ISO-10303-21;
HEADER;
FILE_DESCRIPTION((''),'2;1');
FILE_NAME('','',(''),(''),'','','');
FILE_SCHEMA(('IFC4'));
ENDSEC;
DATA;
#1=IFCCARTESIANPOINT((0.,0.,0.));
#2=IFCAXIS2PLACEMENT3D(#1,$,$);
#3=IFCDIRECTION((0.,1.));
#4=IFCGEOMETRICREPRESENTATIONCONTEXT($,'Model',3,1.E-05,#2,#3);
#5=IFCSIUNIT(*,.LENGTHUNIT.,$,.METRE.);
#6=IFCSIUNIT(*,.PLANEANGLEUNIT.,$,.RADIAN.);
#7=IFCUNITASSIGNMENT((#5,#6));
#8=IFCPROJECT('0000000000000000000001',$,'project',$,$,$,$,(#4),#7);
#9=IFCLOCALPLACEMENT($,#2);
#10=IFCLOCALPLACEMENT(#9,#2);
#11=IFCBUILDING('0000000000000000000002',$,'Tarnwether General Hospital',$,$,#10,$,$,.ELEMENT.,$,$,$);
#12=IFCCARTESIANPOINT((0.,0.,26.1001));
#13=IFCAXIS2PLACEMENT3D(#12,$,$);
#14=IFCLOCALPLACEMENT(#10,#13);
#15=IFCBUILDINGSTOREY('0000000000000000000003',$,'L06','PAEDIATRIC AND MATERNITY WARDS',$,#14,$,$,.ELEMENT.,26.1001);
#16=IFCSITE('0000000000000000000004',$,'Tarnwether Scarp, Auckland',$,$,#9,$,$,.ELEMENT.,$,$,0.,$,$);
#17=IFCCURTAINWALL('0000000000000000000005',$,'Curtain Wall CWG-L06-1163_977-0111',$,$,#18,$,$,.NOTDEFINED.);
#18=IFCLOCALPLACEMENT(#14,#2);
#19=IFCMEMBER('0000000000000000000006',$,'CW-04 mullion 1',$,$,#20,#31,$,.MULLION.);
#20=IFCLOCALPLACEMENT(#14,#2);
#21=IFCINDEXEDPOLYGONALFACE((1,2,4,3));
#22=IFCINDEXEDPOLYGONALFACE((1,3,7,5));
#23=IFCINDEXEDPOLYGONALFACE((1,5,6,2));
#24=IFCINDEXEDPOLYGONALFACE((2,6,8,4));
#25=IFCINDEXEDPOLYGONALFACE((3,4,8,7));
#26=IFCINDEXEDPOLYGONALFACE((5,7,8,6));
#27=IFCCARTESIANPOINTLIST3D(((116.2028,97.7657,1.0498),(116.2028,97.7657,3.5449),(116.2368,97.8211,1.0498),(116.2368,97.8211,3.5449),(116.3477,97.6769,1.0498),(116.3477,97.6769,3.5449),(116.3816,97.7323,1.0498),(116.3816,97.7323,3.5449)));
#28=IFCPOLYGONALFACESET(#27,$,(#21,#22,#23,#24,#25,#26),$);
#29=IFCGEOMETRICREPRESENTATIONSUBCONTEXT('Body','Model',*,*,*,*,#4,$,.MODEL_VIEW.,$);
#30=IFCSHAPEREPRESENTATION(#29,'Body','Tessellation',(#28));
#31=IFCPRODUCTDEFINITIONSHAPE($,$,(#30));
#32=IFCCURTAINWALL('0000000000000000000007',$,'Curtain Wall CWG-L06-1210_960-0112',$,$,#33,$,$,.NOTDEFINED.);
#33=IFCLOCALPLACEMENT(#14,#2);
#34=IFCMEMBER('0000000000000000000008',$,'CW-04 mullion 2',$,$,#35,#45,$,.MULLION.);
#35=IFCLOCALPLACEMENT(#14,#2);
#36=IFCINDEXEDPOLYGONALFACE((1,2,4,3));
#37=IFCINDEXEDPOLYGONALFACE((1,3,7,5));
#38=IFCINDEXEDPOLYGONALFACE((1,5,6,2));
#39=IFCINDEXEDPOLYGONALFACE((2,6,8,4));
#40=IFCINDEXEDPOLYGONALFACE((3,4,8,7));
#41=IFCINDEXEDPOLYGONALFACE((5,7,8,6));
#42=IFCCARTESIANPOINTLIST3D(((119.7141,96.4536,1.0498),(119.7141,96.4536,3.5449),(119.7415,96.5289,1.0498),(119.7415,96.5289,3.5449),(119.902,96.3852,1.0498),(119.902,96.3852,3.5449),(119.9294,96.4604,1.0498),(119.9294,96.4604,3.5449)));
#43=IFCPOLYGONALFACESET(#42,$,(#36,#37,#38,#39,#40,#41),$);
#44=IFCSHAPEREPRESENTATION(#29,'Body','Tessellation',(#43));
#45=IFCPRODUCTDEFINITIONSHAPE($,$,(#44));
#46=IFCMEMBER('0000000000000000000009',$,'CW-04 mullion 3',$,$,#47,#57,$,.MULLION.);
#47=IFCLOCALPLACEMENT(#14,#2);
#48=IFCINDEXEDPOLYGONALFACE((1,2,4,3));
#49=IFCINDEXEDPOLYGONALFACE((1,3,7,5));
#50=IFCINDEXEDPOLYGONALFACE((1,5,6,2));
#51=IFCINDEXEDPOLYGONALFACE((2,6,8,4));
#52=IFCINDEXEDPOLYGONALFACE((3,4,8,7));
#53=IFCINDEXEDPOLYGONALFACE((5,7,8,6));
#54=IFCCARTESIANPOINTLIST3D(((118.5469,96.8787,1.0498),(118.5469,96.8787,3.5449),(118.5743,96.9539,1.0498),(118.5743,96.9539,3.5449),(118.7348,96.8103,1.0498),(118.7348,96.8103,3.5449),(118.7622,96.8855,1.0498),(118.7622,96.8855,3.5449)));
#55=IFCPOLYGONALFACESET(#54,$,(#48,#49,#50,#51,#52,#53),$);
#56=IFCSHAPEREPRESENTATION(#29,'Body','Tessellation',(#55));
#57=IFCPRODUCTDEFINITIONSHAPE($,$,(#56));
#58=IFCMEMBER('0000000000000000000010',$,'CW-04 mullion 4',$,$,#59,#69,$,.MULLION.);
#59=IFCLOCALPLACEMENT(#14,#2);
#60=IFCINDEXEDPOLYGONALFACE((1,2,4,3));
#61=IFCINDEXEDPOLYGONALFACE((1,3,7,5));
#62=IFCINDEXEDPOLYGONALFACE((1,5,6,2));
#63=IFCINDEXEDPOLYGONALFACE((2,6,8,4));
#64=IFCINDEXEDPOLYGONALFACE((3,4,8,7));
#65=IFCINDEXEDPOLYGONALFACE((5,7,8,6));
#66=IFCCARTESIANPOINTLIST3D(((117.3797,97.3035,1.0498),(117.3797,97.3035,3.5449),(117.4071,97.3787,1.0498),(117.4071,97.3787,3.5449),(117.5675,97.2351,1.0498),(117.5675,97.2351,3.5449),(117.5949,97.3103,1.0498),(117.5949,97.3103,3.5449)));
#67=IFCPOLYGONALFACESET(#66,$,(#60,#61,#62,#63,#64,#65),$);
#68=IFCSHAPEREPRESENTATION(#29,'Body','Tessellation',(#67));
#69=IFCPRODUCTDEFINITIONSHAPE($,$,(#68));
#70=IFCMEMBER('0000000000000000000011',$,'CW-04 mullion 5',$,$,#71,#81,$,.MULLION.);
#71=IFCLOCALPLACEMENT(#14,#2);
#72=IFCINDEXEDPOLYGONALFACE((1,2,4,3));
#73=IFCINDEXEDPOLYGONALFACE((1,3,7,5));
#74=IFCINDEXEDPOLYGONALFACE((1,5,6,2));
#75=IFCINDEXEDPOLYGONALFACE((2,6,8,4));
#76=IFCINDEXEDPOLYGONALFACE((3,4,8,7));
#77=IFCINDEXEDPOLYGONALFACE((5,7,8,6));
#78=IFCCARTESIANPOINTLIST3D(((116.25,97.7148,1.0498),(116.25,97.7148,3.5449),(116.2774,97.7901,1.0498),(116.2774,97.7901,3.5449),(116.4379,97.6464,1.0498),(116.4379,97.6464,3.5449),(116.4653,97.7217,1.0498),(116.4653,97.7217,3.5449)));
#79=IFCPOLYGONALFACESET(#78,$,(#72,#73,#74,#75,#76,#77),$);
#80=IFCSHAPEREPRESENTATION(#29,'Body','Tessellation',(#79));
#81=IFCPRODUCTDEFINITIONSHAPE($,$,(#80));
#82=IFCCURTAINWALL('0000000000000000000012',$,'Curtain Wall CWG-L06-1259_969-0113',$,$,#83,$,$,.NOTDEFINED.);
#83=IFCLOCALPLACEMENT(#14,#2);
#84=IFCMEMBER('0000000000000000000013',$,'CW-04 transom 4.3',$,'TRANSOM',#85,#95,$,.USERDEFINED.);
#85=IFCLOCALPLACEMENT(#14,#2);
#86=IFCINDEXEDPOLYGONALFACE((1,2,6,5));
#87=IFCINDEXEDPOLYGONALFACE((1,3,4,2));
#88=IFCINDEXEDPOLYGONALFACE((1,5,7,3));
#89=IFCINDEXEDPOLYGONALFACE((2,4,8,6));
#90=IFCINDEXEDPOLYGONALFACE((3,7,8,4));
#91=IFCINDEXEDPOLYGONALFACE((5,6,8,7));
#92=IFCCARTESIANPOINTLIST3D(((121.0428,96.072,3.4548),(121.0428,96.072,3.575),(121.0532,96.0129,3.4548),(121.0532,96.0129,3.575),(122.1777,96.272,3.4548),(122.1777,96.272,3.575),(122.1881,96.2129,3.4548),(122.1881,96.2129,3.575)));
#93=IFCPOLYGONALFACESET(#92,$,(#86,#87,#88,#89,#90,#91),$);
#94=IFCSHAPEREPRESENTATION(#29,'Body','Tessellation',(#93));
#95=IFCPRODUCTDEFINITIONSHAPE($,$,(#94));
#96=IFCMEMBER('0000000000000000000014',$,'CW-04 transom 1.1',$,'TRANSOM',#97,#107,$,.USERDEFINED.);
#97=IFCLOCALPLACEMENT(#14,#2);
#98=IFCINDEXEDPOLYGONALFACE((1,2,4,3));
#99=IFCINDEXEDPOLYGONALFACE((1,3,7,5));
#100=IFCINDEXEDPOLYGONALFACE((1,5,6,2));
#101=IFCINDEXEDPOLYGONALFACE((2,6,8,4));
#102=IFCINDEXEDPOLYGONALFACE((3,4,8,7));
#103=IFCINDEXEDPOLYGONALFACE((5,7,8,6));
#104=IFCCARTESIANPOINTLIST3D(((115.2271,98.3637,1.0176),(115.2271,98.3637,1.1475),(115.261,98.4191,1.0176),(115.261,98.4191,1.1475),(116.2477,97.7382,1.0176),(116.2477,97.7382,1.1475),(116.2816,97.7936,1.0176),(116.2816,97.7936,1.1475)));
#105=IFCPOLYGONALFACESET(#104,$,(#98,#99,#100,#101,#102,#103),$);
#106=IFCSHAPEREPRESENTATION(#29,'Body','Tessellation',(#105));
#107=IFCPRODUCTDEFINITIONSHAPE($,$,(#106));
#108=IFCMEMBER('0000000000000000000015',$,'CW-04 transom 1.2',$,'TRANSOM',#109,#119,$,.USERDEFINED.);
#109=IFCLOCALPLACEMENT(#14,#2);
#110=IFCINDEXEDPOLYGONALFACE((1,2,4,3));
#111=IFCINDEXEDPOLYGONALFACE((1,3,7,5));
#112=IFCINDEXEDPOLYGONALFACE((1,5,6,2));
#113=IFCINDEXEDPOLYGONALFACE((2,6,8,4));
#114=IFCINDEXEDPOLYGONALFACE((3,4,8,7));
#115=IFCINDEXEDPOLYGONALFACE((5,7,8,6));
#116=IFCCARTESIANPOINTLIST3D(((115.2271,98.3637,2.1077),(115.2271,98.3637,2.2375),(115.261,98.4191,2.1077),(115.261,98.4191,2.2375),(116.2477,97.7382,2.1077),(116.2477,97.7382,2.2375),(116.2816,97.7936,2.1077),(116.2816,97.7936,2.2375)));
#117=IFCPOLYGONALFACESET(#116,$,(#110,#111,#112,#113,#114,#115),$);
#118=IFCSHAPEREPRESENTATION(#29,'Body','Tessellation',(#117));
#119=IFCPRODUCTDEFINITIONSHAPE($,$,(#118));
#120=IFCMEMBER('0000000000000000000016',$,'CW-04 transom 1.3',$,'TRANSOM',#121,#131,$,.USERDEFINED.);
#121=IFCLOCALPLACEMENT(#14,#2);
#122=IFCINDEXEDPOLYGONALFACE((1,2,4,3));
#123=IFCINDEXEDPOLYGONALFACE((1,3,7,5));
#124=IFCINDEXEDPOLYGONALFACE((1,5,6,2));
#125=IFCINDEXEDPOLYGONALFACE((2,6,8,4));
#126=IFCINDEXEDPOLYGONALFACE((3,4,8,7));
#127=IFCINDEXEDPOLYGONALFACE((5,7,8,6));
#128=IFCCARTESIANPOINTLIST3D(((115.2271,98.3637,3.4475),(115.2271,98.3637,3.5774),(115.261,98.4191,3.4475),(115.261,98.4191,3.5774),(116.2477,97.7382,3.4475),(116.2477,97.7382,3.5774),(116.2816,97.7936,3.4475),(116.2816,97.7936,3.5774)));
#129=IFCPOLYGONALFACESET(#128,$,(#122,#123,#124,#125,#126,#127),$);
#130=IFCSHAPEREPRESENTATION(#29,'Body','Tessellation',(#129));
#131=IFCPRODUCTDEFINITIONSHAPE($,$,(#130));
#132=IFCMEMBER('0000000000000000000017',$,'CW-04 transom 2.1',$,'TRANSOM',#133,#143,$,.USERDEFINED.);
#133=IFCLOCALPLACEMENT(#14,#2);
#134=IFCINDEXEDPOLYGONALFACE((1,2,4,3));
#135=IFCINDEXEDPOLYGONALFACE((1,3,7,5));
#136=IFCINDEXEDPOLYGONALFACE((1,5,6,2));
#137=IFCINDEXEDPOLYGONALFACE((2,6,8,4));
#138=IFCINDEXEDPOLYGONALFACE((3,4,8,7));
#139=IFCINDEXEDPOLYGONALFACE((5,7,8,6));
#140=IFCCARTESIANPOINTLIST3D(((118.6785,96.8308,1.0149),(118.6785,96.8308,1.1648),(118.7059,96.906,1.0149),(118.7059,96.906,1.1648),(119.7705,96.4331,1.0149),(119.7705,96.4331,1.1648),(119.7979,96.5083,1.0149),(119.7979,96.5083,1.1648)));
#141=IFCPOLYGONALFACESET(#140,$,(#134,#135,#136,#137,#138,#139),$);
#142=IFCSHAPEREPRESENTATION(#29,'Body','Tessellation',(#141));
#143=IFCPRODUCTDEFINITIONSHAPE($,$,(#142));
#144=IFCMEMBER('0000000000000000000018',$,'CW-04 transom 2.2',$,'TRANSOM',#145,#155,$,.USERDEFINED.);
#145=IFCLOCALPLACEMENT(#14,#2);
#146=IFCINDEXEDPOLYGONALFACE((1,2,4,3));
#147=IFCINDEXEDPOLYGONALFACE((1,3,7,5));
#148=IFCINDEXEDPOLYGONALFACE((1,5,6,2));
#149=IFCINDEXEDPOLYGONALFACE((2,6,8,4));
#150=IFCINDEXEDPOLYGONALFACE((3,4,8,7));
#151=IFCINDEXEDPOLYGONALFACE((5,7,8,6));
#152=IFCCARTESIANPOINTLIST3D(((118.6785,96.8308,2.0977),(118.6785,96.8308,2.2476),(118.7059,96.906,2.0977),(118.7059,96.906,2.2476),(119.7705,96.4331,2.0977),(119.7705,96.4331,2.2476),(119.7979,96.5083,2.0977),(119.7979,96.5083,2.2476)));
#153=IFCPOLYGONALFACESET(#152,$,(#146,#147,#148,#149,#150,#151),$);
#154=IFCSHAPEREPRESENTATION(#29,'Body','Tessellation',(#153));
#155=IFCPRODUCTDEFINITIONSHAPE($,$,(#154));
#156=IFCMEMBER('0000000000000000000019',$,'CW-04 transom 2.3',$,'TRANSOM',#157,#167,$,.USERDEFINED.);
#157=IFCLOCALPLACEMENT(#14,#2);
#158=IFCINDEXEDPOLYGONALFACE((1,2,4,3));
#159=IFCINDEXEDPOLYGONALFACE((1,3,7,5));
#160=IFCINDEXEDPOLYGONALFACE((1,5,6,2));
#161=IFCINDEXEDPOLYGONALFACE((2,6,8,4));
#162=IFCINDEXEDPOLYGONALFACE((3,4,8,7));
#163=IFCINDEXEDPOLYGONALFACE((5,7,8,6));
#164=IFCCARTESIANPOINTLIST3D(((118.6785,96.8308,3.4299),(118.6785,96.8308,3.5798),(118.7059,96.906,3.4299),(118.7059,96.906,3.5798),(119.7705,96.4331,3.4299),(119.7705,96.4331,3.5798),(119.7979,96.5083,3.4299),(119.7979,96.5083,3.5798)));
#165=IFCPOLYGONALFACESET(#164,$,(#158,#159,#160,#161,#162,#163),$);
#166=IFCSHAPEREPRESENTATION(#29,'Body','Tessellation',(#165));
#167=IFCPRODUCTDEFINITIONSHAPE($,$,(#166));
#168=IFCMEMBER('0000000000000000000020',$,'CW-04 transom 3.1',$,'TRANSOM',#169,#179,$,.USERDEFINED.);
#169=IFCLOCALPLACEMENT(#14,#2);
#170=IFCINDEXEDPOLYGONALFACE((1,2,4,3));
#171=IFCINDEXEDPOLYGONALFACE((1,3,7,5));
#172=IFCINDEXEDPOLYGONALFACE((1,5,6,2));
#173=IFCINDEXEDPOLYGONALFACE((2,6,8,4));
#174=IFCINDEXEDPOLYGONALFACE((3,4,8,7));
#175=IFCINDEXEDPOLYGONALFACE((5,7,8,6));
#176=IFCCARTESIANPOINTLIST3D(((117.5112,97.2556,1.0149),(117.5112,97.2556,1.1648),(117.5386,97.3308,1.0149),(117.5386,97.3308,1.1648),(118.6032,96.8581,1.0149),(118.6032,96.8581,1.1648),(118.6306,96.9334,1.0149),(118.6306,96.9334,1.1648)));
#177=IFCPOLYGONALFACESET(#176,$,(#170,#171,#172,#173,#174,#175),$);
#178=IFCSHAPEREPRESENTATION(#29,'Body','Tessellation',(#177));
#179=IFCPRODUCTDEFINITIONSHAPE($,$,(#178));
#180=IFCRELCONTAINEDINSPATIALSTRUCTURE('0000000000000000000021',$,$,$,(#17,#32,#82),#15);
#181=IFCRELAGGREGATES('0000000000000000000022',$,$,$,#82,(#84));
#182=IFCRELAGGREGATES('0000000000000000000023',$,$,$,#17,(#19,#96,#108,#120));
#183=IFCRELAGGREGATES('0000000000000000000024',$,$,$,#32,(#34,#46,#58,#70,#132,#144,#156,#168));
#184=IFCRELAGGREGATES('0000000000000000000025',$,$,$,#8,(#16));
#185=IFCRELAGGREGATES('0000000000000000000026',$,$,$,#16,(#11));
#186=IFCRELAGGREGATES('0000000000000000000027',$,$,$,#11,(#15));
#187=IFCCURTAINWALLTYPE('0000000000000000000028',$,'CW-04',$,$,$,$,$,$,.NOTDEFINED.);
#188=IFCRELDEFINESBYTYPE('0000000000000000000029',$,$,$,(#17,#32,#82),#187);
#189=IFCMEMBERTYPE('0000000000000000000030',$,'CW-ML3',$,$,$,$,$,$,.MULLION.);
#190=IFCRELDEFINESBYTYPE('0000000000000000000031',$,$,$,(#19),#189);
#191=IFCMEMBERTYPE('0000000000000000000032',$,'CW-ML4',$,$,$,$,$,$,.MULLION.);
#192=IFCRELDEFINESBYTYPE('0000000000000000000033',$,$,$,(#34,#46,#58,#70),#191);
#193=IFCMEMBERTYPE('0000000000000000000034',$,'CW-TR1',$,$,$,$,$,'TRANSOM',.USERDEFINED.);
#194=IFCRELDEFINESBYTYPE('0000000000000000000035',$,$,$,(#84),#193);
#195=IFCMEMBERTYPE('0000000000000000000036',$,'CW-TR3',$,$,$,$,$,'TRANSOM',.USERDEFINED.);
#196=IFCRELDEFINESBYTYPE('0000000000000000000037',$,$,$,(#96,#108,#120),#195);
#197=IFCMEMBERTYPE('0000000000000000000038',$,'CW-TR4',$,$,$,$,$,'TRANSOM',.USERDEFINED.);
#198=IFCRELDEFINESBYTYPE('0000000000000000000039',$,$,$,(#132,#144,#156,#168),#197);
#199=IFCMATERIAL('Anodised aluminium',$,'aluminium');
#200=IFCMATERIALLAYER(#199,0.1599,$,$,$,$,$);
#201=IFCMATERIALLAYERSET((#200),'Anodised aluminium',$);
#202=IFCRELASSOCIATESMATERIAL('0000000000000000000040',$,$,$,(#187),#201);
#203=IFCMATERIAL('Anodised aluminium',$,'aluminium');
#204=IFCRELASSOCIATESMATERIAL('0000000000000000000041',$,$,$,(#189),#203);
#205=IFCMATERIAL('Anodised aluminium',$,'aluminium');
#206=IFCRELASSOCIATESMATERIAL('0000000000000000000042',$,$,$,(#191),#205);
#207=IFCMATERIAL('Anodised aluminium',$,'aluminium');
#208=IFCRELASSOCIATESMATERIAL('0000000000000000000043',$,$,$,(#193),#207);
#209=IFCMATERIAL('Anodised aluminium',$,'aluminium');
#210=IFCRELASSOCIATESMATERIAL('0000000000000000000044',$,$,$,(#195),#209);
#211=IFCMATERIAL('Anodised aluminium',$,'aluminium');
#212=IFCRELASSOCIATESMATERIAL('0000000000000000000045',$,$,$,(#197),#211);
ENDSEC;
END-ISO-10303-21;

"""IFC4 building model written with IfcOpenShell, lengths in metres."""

from ifc_helpers import new_model, si_unit, direction, frame, origin, origin_2d, place, context, subcontext, project, spatial, rectangle, extrude, material, layer, layer_set, material_profile, profile_set, type_object, element, aggregate, save


model = new_model("IFC4")

# Units and contexts
model_context = context("Model", 3, precision=1e-05, world=origin(), true_north=direction((0.0, 1.0)))
body_context = subcontext(model_context, "Body", "Model", "MODEL_VIEW")
ifc_project = project(units=[si_unit("LENGTHUNIT", "METRE"), si_unit("PLANEANGLEUNIT", "RADIAN")], contexts=[model_context])

# Site, building, storey
site_placement = place(None, origin())
site = spatial("IfcSite", under=ifc_project, at=site_placement, Name="Tarnwether Scarp, Auckland", CompositionType="ELEMENT", RefElevation=0.0)
building_placement = place(site_placement, origin())
building = spatial("IfcBuilding", under=site, at=building_placement, Name="Tarnwether General Hospital", CompositionType="ELEMENT")
storey_placement = place(building_placement, frame((0.0, 0.0, 26.1001)))
storey = spatial("IfcBuildingStorey", under=building, at=storey_placement, Name="L06", Description="PAEDIATRIC AND MATERNITY WARDS", CompositionType="ELEMENT", Elevation=26.1001)

# Curtain wall, member
ifc_material_1 = material(Name="Anodised aluminium", Category="aluminium")
ifc_layer_1 = layer(ifc_material_1, 0.1599)
ifc_layer_set_1 = layer_set([ifc_layer_1], Name="Anodised aluminium")
curtain_wall_type = type_object("IfcCurtainWallType", Name="CW-04", PredefinedType="NOTDEFINED", material=ifc_layer_set_1)
curtain_wall_1_placement = place(storey_placement, origin())
curtain_wall_1 = element("IfcCurtainWall", 1, at=curtain_wall_1_placement, inside=storey, type_object=curtain_wall_type, Name="Curtain Wall CWG-L06-1163_977-0111", PredefinedType="NOTDEFINED")
ifc_material_2 = material(Name="Anodised aluminium", Category="aluminium")
ifc_material_profile_1 = material_profile(ifc_material_2, rectangle(XDim=0.0649, YDim=0.1699, at=origin_2d()), Name="ALU-MUL-65x170")
ifc_profile_set_1 = profile_set([ifc_material_profile_1], Name="Anodised aluminium")
member_type_1 = type_object("IfcMemberType", Name="CW-ML3", PredefinedType="MULLION", material=ifc_profile_set_1)
member_1_placement = place(storey_placement, frame((116.2922, 97.749, 1.0498), z_axis=(0.0, 0.0, 1.0), x_axis=(-0.522512, -0.852632, 0.0)))
member_1 = element("IfcMember", 2, at=member_1_placement, type_object=member_type_1, Name="CW-04 mullion 1", PredefinedType="MULLION", context=body_context, shape_type="SweptSolid", body=[
    extrude(rectangle(XDim=0.0649, YDim=0.1699, at=origin_2d()), origin(), (0.0, 0.0, 1.0), 2.4951),
])

# Curtain wall, members
curtain_wall_2_placement = place(storey_placement, origin())
curtain_wall_2 = element("IfcCurtainWall", 3, at=curtain_wall_2_placement, inside=storey, type_object=curtain_wall_type, Name="Curtain Wall CWG-L06-1210_960-0112", PredefinedType="NOTDEFINED")
ifc_material_3 = material(Name="Anodised aluminium", Category="aluminium")
ifc_material_profile_2 = material_profile(ifc_material_3, rectangle(XDim=0.0801, YDim=0.2, at=origin_2d()), Name="ALU-MUL-80x200")
ifc_profile_set_2 = profile_set([ifc_material_profile_2], Name="Anodised aluminium")
member_type_2 = type_object("IfcMemberType", Name="CW-ML4", PredefinedType="MULLION", material=ifc_profile_set_2)
member_2_placement = place(storey_placement, frame((119.8218, 96.457, 1.0498), z_axis=(0.0, 0.0, 1.0), x_axis=(-0.342131, -0.939652, 0.0)))
member_2 = element("IfcMember", 4, at=member_2_placement, type_object=member_type_2, Name="CW-04 mullion 2", PredefinedType="MULLION", context=body_context, shape_type="SweptSolid", body=[
    extrude(rectangle(XDim=0.0801, YDim=0.2, at=origin_2d()), origin(), (0.0, 0.0, 1.0), 2.4951),
])
member_3_placement = place(storey_placement, frame((118.6545, 96.8821, 1.0498), z_axis=(0.0, 0.0, 1.0), x_axis=(-0.342131, -0.939652, 0.0)))
member_3 = element("IfcMember", 5, at=member_3_placement, type_object=member_type_2, Name="CW-04 mullion 3", PredefinedType="MULLION", context=body_context, shape_type="SweptSolid", body=[
    extrude(rectangle(XDim=0.0801, YDim=0.2, at=origin_2d()), origin(), (0.0, 0.0, 1.0), 2.4951),
])
member_4_placement = place(storey_placement, frame((117.4873, 97.3069, 1.0498), z_axis=(0.0, 0.0, 1.0), x_axis=(-0.342131, -0.939652, 0.0)))
member_4 = element("IfcMember", 6, at=member_4_placement, type_object=member_type_2, Name="CW-04 mullion 4", PredefinedType="MULLION", context=body_context, shape_type="SweptSolid", body=[
    extrude(rectangle(XDim=0.0801, YDim=0.2, at=origin_2d()), origin(), (0.0, 0.0, 1.0), 2.4951),
])
member_5_placement = place(storey_placement, frame((116.3577, 97.7183, 1.0498), z_axis=(0.0, 0.0, 1.0), x_axis=(-0.342131, -0.939652, 0.0)))
member_5 = element("IfcMember", 7, at=member_5_placement, type_object=member_type_2, Name="CW-04 mullion 5", PredefinedType="MULLION", context=body_context, shape_type="SweptSolid", body=[
    extrude(rectangle(XDim=0.0801, YDim=0.2, at=origin_2d()), origin(), (0.0, 0.0, 1.0), 2.4951),
])

# Curtain wall, member
curtain_wall_3_placement = place(storey_placement, origin())
curtain_wall_3 = element("IfcCurtainWall", 8, at=curtain_wall_3_placement, inside=storey, type_object=curtain_wall_type, Name="Curtain Wall CWG-L06-1259_969-0113", PredefinedType="NOTDEFINED")
ifc_material_4 = material(Name="Anodised aluminium", Category="aluminium")
ifc_material_profile_3 = material_profile(ifc_material_4, rectangle(XDim=0.0601, YDim=0.1201, at=origin_2d()), Name="ALU-TRN-60x120")
ifc_profile_set_3 = profile_set([ifc_material_profile_3], Name="Anodised aluminium")
member_type_3 = type_object("IfcMemberType", Name="CW-TR1", ElementType="TRANSOM", PredefinedType="USERDEFINED", material=ifc_profile_set_3)
member_6_placement = place(storey_placement, frame((122.1829, 96.2424, 3.5149), z_axis=(-0.984828, -0.173531, 0.0), x_axis=(0.173531, -0.984828, 0.0)))
member_6 = element("IfcMember", 9, at=member_6_placement, type_object=member_type_3, Name="CW-04 transom 4.3", ObjectType="TRANSOM", PredefinedType="USERDEFINED", context=body_context, shape_type="SweptSolid", body=[
    extrude(rectangle(XDim=0.0601, YDim=0.1201, at=origin_2d()), origin(), (0.0, 0.0, 1.0), 1.1523),
])
aggregate(curtain_wall_3, [member_6])

# Members
ifc_material_5 = material(Name="Anodised aluminium", Category="aluminium")
ifc_material_profile_4 = material_profile(ifc_material_5, rectangle(XDim=0.0649, YDim=0.1299, at=origin_2d()), Name="ALU-TRN-65x130")
ifc_profile_set_4 = profile_set([ifc_material_profile_4], Name="Anodised aluminium")
member_type_4 = type_object("IfcMemberType", Name="CW-TR3", ElementType="TRANSOM", PredefinedType="USERDEFINED", material=ifc_profile_set_4)
member_7_placement = place(storey_placement, frame((116.2646, 97.7659, 1.0825), z_axis=(-0.852595, 0.522572, 0.0), x_axis=(-0.522572, -0.852595, 0.0)))
member_7 = element("IfcMember", 10, at=member_7_placement, type_object=member_type_4, Name="CW-04 transom 1.1", ObjectType="TRANSOM", PredefinedType="USERDEFINED", context=body_context, shape_type="SweptSolid", body=[
    extrude(rectangle(XDim=0.0649, YDim=0.1299, at=origin_2d()), origin(), (0.0, 0.0, 1.0), 1.197),
])
member_8_placement = place(storey_placement, frame((116.2646, 97.7659, 2.1726), z_axis=(-0.852595, 0.522572, 0.0), x_axis=(-0.522572, -0.852595, 0.0)))
member_8 = element("IfcMember", 11, at=member_8_placement, type_object=member_type_4, Name="CW-04 transom 1.2", ObjectType="TRANSOM", PredefinedType="USERDEFINED", context=body_context, shape_type="SweptSolid", body=[
    extrude(rectangle(XDim=0.0649, YDim=0.1299, at=origin_2d()), origin(), (0.0, 0.0, 1.0), 1.197),
])
member_9_placement = place(storey_placement, frame((116.2646, 97.7659, 3.5125), z_axis=(-0.852595, 0.522572, 0.0), x_axis=(-0.522572, -0.852595, 0.0)))
member_9 = element("IfcMember", 12, at=member_9_placement, type_object=member_type_4, Name="CW-04 transom 1.3", ObjectType="TRANSOM", PredefinedType="USERDEFINED", context=body_context, shape_type="SweptSolid", body=[
    extrude(rectangle(XDim=0.0649, YDim=0.1299, at=origin_2d()), origin(), (0.0, 0.0, 1.0), 1.197),
])
ifc_material_6 = material(Name="Anodised aluminium", Category="aluminium")
ifc_material_profile_5 = material_profile(ifc_material_6, rectangle(XDim=0.0801, YDim=0.1499, at=origin_2d()), Name="ALU-TRN-80x150")
ifc_profile_set_5 = profile_set([ifc_material_profile_5], Name="Anodised aluminium")
member_type_5 = type_object("IfcMemberType", Name="CW-TR4", ElementType="TRANSOM", PredefinedType="USERDEFINED", material=ifc_profile_set_5)
member_10_placement = place(storey_placement, frame((119.7842, 96.4707, 1.0898), z_axis=(-0.939628, 0.342198, 0.0), x_axis=(-0.342198, -0.939628, 0.0)))
member_10 = element("IfcMember", 13, at=member_10_placement, type_object=member_type_5, Name="CW-04 transom 2.1", ObjectType="TRANSOM", PredefinedType="USERDEFINED", context=body_context, shape_type="SweptSolid", body=[
    extrude(rectangle(XDim=0.0801, YDim=0.1499, at=origin_2d()), origin(), (0.0, 0.0, 1.0), 1.1621),
])
member_11_placement = place(storey_placement, frame((119.7842, 96.4707, 2.1726), z_axis=(-0.939628, 0.342198, 0.0), x_axis=(-0.342198, -0.939628, 0.0)))
member_11 = element("IfcMember", 14, at=member_11_placement, type_object=member_type_5, Name="CW-04 transom 2.2", ObjectType="TRANSOM", PredefinedType="USERDEFINED", context=body_context, shape_type="SweptSolid", body=[
    extrude(rectangle(XDim=0.0801, YDim=0.1499, at=origin_2d()), origin(), (0.0, 0.0, 1.0), 1.1621),
])
member_12_placement = place(storey_placement, frame((119.7842, 96.4707, 3.5049), z_axis=(-0.939628, 0.342198, 0.0), x_axis=(-0.342198, -0.939628, 0.0)))
member_12 = element("IfcMember", 15, at=member_12_placement, type_object=member_type_5, Name="CW-04 transom 2.3", ObjectType="TRANSOM", PredefinedType="USERDEFINED", context=body_context, shape_type="SweptSolid", body=[
    extrude(rectangle(XDim=0.0801, YDim=0.1499, at=origin_2d()), origin(), (0.0, 0.0, 1.0), 1.1621),
])
member_13_placement = place(storey_placement, frame((118.6169, 96.8958, 1.0898), z_axis=(-0.939695, 0.342013, 0.0), x_axis=(-0.342013, -0.939695, 0.0)))
member_13 = element("IfcMember", 16, at=member_13_placement, type_object=member_type_5, Name="CW-04 transom 3.1", ObjectType="TRANSOM", PredefinedType="USERDEFINED", context=body_context, shape_type="SweptSolid", body=[
    extrude(rectangle(XDim=0.0801, YDim=0.1499, at=origin_2d()), origin(), (0.0, 0.0, 1.0), 1.1621),
])

aggregate(curtain_wall_1, [member_1, member_7, member_8, member_9])
aggregate(curtain_wall_2, [member_2, member_3, member_4, member_5, member_10, member_11, member_12, member_13])

save(model, "model.ifc")
